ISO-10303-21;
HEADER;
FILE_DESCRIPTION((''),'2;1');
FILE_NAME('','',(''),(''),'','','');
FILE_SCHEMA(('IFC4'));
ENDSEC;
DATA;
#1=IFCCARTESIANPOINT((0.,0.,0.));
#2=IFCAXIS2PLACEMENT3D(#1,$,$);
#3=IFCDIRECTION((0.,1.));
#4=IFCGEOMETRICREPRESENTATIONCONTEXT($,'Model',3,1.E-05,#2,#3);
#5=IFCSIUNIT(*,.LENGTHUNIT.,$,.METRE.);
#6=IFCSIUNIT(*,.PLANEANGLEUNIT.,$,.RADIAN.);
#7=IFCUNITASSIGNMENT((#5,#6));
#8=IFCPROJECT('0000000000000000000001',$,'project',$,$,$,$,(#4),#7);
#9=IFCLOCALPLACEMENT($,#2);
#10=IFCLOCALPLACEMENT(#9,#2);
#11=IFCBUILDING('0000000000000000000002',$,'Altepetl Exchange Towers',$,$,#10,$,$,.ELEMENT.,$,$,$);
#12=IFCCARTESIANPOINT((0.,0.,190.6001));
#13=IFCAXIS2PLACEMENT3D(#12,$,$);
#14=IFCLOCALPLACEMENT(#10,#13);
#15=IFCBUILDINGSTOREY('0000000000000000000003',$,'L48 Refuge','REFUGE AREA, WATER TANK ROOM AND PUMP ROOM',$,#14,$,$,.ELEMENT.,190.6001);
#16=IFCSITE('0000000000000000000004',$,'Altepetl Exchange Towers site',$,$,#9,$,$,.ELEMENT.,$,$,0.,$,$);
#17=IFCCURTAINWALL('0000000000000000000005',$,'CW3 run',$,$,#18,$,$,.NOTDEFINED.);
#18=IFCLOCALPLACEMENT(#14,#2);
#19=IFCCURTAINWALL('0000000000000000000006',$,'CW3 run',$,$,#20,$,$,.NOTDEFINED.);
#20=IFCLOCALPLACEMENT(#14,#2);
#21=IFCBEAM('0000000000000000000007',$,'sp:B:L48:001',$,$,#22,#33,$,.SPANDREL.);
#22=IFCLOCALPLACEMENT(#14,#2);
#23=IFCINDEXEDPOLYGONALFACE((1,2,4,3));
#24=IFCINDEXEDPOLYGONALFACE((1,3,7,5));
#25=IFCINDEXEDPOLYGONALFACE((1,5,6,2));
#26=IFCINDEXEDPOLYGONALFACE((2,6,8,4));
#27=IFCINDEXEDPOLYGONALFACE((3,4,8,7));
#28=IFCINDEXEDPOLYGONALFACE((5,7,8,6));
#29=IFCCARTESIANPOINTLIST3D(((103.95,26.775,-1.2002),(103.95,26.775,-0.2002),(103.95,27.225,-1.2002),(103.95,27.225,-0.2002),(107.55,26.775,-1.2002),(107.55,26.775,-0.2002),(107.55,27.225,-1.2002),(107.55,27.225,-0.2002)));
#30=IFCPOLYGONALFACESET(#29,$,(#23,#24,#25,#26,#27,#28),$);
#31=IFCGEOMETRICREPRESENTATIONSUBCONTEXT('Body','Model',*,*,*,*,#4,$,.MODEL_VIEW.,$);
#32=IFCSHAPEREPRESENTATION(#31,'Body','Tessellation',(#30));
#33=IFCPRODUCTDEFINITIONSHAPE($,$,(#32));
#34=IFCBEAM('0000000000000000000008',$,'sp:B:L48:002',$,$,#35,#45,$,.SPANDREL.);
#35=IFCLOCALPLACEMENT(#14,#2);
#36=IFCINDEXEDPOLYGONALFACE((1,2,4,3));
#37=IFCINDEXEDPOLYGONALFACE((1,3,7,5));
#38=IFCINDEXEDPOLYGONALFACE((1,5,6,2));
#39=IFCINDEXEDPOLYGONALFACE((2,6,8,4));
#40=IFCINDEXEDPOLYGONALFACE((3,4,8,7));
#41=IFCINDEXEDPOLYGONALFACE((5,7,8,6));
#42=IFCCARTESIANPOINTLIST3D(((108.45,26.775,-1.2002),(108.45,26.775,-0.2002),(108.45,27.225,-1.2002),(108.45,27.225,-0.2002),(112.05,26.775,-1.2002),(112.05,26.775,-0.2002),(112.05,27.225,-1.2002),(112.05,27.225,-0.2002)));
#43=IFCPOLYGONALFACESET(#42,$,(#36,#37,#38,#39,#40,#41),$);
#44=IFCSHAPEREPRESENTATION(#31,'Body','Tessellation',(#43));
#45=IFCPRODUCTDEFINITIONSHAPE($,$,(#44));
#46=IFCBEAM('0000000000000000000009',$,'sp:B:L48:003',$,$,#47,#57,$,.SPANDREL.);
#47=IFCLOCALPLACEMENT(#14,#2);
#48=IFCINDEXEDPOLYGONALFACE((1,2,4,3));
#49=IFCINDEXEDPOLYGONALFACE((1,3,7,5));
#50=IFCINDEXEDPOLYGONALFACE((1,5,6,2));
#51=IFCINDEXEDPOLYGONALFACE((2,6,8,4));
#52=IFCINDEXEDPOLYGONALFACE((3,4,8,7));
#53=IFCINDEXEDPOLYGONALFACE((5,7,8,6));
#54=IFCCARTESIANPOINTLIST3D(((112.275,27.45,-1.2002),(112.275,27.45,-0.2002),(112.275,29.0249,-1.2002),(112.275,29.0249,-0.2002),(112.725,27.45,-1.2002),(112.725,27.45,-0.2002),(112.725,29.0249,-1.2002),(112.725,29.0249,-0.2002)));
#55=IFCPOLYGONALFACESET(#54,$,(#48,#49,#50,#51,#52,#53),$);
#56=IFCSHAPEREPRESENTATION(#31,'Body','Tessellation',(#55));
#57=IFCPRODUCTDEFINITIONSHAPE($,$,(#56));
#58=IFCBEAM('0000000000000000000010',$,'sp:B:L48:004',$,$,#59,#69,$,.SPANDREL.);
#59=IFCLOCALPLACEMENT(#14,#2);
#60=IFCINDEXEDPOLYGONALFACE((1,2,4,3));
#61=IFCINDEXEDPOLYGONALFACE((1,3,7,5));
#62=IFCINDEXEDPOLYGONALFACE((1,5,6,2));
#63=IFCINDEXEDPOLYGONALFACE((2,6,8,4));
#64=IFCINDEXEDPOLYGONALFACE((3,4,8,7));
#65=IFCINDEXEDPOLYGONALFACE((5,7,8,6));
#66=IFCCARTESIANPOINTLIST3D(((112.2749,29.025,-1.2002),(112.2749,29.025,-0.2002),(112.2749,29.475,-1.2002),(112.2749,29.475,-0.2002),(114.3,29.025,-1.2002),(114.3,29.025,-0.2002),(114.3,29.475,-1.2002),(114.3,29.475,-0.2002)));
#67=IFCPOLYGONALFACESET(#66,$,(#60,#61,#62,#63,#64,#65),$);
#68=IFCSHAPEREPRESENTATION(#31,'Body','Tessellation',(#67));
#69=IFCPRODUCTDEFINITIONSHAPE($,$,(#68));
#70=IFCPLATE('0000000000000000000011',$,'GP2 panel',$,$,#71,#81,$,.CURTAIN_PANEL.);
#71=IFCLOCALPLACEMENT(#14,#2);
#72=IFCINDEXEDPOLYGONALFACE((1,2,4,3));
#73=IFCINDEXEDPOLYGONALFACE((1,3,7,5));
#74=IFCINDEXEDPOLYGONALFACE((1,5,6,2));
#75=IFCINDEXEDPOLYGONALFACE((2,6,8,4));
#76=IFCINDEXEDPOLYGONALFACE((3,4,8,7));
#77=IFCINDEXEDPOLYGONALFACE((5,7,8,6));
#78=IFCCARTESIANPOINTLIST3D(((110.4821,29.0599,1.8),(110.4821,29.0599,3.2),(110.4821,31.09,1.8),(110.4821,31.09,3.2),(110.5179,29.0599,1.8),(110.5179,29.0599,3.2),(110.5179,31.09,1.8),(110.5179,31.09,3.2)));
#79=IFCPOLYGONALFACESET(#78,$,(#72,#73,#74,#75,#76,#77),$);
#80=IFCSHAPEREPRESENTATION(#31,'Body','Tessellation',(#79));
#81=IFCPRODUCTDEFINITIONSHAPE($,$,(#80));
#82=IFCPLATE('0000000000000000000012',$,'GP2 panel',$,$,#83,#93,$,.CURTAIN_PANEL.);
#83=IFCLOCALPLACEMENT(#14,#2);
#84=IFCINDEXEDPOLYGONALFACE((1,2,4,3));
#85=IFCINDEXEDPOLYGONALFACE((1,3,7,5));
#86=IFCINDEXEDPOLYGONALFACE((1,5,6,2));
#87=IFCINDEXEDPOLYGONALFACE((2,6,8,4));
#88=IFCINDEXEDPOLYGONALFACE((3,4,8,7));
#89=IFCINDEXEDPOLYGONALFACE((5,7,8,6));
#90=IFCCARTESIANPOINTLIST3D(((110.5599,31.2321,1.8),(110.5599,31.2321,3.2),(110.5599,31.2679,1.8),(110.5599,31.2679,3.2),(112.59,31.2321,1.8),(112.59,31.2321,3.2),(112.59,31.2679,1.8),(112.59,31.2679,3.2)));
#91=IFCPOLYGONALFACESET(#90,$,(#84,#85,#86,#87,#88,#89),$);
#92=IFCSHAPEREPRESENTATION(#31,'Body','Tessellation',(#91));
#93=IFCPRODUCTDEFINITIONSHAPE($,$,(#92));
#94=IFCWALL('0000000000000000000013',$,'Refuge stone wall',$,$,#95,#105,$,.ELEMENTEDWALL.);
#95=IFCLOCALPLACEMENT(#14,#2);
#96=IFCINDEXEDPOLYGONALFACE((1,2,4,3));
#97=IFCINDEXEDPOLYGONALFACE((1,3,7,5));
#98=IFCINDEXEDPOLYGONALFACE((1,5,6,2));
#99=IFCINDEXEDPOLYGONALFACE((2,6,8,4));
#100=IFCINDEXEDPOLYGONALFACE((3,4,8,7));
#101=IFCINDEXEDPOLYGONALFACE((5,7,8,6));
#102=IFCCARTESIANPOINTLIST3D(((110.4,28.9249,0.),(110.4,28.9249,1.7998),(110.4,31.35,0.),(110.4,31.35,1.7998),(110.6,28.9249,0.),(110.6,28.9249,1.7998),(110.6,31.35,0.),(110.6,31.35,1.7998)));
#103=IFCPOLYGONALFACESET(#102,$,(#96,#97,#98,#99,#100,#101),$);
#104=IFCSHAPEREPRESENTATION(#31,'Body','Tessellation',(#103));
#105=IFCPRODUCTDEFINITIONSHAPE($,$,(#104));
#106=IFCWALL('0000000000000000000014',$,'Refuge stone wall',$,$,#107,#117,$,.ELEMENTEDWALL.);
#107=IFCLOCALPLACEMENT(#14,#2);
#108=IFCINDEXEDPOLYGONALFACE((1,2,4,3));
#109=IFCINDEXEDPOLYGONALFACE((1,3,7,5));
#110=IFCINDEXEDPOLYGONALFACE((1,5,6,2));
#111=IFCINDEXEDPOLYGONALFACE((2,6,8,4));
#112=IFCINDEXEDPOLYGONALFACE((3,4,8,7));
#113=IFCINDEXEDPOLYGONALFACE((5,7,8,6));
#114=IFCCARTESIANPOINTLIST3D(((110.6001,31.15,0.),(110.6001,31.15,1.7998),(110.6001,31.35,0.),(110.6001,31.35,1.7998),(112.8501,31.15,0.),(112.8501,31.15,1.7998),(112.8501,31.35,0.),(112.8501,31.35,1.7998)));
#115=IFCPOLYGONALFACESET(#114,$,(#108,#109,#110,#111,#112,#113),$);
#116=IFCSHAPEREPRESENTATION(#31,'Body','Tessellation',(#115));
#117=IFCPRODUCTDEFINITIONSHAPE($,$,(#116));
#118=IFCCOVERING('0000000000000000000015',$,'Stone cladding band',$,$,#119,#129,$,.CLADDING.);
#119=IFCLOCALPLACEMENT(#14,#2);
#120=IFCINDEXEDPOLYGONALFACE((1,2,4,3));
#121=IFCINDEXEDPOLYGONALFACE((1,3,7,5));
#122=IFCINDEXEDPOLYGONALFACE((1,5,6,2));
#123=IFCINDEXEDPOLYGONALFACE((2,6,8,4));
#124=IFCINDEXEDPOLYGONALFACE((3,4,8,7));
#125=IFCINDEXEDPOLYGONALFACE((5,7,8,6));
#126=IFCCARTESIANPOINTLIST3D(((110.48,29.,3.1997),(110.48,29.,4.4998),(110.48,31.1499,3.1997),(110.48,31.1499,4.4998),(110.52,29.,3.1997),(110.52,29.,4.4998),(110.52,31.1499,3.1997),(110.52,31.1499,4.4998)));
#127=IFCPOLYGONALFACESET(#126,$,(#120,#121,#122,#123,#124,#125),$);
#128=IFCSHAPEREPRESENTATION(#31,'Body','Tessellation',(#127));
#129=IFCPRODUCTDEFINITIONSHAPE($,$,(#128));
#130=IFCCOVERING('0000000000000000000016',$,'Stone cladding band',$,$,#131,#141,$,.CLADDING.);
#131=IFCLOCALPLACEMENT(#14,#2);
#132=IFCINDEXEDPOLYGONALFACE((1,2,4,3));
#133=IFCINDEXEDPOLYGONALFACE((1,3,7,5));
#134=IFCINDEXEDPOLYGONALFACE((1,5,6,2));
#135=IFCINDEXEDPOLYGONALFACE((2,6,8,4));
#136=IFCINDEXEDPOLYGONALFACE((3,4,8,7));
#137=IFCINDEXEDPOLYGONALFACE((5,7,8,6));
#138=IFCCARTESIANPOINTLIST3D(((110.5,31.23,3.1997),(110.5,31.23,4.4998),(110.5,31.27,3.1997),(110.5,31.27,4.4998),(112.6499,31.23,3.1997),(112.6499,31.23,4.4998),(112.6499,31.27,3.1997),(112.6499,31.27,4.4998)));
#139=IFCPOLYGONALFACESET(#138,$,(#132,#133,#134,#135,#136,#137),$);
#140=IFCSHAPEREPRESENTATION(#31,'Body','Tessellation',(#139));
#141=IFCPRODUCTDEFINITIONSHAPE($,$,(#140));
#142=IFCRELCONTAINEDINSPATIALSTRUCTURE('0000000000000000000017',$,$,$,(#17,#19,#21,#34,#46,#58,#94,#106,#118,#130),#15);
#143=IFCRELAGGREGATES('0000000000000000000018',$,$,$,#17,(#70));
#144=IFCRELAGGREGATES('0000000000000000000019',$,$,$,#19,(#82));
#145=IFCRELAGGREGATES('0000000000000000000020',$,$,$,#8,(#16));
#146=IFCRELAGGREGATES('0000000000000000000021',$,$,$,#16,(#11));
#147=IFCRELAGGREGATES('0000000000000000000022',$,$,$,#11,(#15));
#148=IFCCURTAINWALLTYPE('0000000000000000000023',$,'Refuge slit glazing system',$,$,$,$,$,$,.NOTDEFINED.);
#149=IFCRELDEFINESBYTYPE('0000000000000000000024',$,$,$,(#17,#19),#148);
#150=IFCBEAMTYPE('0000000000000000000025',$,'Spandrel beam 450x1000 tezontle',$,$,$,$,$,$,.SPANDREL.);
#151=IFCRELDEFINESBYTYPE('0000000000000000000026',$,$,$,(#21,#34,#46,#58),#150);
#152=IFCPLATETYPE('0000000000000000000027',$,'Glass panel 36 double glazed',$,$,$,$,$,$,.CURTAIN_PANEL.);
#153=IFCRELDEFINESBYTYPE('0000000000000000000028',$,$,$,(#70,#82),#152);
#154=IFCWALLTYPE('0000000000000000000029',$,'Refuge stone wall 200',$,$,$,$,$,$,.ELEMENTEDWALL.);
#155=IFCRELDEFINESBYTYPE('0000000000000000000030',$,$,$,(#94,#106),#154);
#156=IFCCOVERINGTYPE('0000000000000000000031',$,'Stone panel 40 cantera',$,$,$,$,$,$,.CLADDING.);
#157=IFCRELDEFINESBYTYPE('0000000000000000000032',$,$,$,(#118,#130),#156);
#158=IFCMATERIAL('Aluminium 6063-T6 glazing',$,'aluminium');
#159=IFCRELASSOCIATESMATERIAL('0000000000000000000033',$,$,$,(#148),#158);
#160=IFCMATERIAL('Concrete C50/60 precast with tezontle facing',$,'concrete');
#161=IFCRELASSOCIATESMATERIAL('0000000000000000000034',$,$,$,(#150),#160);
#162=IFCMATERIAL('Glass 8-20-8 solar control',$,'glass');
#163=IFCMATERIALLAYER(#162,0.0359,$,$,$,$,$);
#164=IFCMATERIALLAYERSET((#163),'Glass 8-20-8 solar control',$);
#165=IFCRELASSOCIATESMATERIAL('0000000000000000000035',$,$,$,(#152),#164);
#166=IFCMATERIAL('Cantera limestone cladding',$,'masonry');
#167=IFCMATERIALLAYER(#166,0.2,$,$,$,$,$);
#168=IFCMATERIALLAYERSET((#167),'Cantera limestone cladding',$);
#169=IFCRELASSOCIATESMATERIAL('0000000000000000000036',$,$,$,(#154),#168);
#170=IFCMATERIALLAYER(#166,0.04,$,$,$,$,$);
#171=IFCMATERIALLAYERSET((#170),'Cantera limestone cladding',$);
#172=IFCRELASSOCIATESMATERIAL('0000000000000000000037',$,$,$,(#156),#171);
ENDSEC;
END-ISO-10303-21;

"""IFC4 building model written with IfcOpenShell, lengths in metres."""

from ifc_helpers import new_model, si_unit, direction, frame, frame_2d, origin, origin_2d, place, context, subcontext, project, spatial, rectangle, extrude, material, layer, layer_set, material_profile, profile_set, type_object, element, aggregate, save


model = new_model("IFC4")

# Units and contexts
model_context = context("Model", 3, precision=1e-05, world=origin(), true_north=direction((0.0, 1.0)))
body_context = subcontext(model_context, "Body", "Model", "MODEL_VIEW")
ifc_project = project(units=[si_unit("LENGTHUNIT", "METRE"), si_unit("PLANEANGLEUNIT", "RADIAN")], contexts=[model_context])

# Site, building, storey
site_placement = place(None, origin())
site = spatial("IfcSite", under=ifc_project, at=site_placement, Name="Altepetl Exchange Towers site", CompositionType="ELEMENT", RefElevation=0.0)
building_placement = place(site_placement, origin())
building = spatial("IfcBuilding", under=site, at=building_placement, Name="Altepetl Exchange Towers", CompositionType="ELEMENT")
storey_placement = place(building_placement, frame((0.0, 0.0, 190.6001)))
storey = spatial("IfcBuildingStorey", under=building, at=storey_placement, Name="L48 Refuge", Description="REFUGE AREA, WATER TANK ROOM AND PUMP ROOM", CompositionType="ELEMENT", Elevation=190.6001)

# Shared definitions
ifc_material_1 = material(Name="Aluminium 6063-T6 glazing", Category="aluminium")
curtain_wall_type = type_object("IfcCurtainWallType", Name="Refuge slit glazing system", PredefinedType="NOTDEFINED", material=ifc_material_1)

# Curtain walls
curtain_wall_1_placement = place(storey_placement, origin())
curtain_wall_1 = element("IfcCurtainWall", 1, at=curtain_wall_1_placement, inside=storey, type_object=curtain_wall_type, Name="CW3 run", PredefinedType="NOTDEFINED")
curtain_wall_2_placement = place(storey_placement, origin())
curtain_wall_2 = element("IfcCurtainWall", 2, at=curtain_wall_2_placement, inside=storey, type_object=curtain_wall_type, Name="CW3 run", PredefinedType="NOTDEFINED")

# Beams
ifc_material_2 = material(Name="Concrete C50/60 precast with tezontle facing", Category="concrete")
ifc_material_profile_1 = material_profile(ifc_material_2, rectangle(XDim=0.45, YDim=1.0, at=origin_2d()), Name="450 x 1000")
ifc_profile_set_1 = profile_set([ifc_material_profile_1], Name="Concrete C50/60 precast with tezontle facing")
beam_type_1 = type_object("IfcBeamType", Name="Spandrel beam 450x1000 tezontle", PredefinedType="SPANDREL", material=ifc_profile_set_1)
for number, where, z_axis, x_axis, name in (
    (3, (103.95, 27.0, -0.7002), (1.0, 0.0, 0.0), (0.0, 1.0, 0.0), "sp:B:L48:001"),
    (4, (108.45, 27.0, -0.7002), (1.0, 0.0, 0.0), (0.0, 1.0, 0.0), "sp:B:L48:002"),
):
    element("IfcBeam", number, at=place(storey_placement, frame(where, z_axis=z_axis, x_axis=x_axis)), inside=storey, type_object=beam_type_1, Name=name, PredefinedType="SPANDREL", context=body_context, shape_type="SweptSolid", body=[
        extrude(rectangle(XDim=0.45, YDim=1.0, at=origin_2d()), origin(), (0.0, 0.0, 1.0), 3.6001),
    ])
beam_1_placement = place(storey_placement, frame((112.5, 27.45, -0.7002), z_axis=(0.0, 1.0, 0.0), x_axis=(-1.0, 0.0, 0.0)))
element("IfcBeam", 5, at=beam_1_placement, inside=storey, type_object=beam_type_1, Name="sp:B:L48:003", PredefinedType="SPANDREL", context=body_context, shape_type="SweptSolid", body=[
    extrude(rectangle(XDim=0.45, YDim=1.0, at=origin_2d()), origin(), (0.0, 0.0, 1.0), 1.575),
])
beam_2_placement = place(storey_placement, frame((112.2749, 29.25, -0.7002), z_axis=(1.0, 0.0, 0.0), x_axis=(0.0, 1.0, 0.0)))
element("IfcBeam", 6, at=beam_2_placement, inside=storey, type_object=beam_type_1, Name="sp:B:L48:004", PredefinedType="SPANDREL", context=body_context, shape_type="SweptSolid", body=[
    extrude(rectangle(XDim=0.45, YDim=1.0, at=origin_2d()), origin(), (0.0, 0.0, 1.0), 2.0251),
])

# Plates
ifc_material_3 = material(Name="Glass 8-20-8 solar control", Category="glass")
ifc_layer_1 = layer(ifc_material_3, 0.0359)
ifc_layer_set_1 = layer_set([ifc_layer_1], Name="Glass 8-20-8 solar control")
plate_type = type_object("IfcPlateType", Name="Glass panel 36 double glazed", PredefinedType="CURTAIN_PANEL", material=ifc_layer_set_1)
plate_1_placement = place(storey_placement, frame((110.5, 30.075, 1.8), z_axis=(0.0, 0.0, 1.0), x_axis=(0.0, 1.0, 0.0)))
plate_1 = element("IfcPlate", 7, at=plate_1_placement, type_object=plate_type, Name="GP2 panel", PredefinedType="CURTAIN_PANEL", context=body_context, shape_type="SweptSolid", body=[
    extrude(rectangle(XDim=2.03, YDim=0.0359, at=origin_2d()), origin(), (0.0, 0.0, 1.0), 1.3999),
])
aggregate(curtain_wall_1, [plate_1])
plate_2_placement = place(storey_placement, frame((111.575, 31.25, 1.8)))
plate_2 = element("IfcPlate", 8, at=plate_2_placement, type_object=plate_type, Name="GP2 panel", PredefinedType="CURTAIN_PANEL", context=body_context, shape_type="SweptSolid", body=[
    extrude(rectangle(XDim=2.03, YDim=0.0359, at=origin_2d()), origin(), (0.0, 0.0, 1.0), 1.3999),
])
aggregate(curtain_wall_2, [plate_2])

# Walls
ifc_material_4 = material(Name="Cantera limestone cladding", Category="masonry")
ifc_layer_2 = layer(ifc_material_4, 0.2)
ifc_layer_set_2 = layer_set([ifc_layer_2], Name="Cantera limestone cladding")
wall_type_1 = type_object("IfcWallType", Name="Refuge stone wall 200", PredefinedType="ELEMENTEDWALL", material=ifc_layer_set_2)
wall_1_placement = place(storey_placement, frame((110.5, 28.925, 0.0), z_axis=(0.0, 0.0, 1.0), x_axis=(0.0, 1.0, 0.0)))
element("IfcWall", 9, at=wall_1_placement, inside=storey, type_object=wall_type_1, Name="Refuge stone wall", PredefinedType="ELEMENTEDWALL", context=body_context, shape_type="SweptSolid", body=[
    extrude(rectangle(XDim=2.425, YDim=0.2, at=frame_2d((1.2124, 0.0))), origin(), (0.0, 0.0, 1.0), 1.7998),
])
wall_2_placement = place(storey_placement, frame((110.6001, 31.25, 0.0)))
element("IfcWall", 10, at=wall_2_placement, inside=storey, type_object=wall_type_1, Name="Refuge stone wall", PredefinedType="ELEMENTEDWALL", context=body_context, shape_type="SweptSolid", body=[
    extrude(rectangle(XDim=2.25, YDim=0.2, at=frame_2d((1.125, 0.0))), origin(), (0.0, 0.0, 1.0), 1.7998),
])

# Coverings
ifc_layer_3 = layer(ifc_material_4, 0.04)
ifc_layer_set_3 = layer_set([ifc_layer_3], Name="Cantera limestone cladding")
covering_type = type_object("IfcCoveringType", Name="Stone panel 40 cantera", PredefinedType="CLADDING", material=ifc_layer_set_3)
covering_1_placement = place(storey_placement, frame((110.5, 30.075, 3.1997), z_axis=(0.0, 0.0, 1.0), x_axis=(0.0, 1.0, 0.0)))
element("IfcCovering", 11, at=covering_1_placement, inside=storey, type_object=covering_type, Name="Stone cladding band", PredefinedType="CLADDING", context=body_context, shape_type="SweptSolid", body=[
    extrude(rectangle(XDim=2.1499, YDim=0.04, at=origin_2d()), origin(), (0.0, 0.0, 1.0), 1.3),
])
covering_2_placement = place(storey_placement, frame((111.575, 31.25, 3.1997)))
element("IfcCovering", 12, at=covering_2_placement, inside=storey, type_object=covering_type, Name="Stone cladding band", PredefinedType="CLADDING", context=body_context, shape_type="SweptSolid", body=[
    extrude(rectangle(XDim=2.1499, YDim=0.04, at=origin_2d()), origin(), (0.0, 0.0, 1.0), 1.3),
])

save(model, "model.ifc")
